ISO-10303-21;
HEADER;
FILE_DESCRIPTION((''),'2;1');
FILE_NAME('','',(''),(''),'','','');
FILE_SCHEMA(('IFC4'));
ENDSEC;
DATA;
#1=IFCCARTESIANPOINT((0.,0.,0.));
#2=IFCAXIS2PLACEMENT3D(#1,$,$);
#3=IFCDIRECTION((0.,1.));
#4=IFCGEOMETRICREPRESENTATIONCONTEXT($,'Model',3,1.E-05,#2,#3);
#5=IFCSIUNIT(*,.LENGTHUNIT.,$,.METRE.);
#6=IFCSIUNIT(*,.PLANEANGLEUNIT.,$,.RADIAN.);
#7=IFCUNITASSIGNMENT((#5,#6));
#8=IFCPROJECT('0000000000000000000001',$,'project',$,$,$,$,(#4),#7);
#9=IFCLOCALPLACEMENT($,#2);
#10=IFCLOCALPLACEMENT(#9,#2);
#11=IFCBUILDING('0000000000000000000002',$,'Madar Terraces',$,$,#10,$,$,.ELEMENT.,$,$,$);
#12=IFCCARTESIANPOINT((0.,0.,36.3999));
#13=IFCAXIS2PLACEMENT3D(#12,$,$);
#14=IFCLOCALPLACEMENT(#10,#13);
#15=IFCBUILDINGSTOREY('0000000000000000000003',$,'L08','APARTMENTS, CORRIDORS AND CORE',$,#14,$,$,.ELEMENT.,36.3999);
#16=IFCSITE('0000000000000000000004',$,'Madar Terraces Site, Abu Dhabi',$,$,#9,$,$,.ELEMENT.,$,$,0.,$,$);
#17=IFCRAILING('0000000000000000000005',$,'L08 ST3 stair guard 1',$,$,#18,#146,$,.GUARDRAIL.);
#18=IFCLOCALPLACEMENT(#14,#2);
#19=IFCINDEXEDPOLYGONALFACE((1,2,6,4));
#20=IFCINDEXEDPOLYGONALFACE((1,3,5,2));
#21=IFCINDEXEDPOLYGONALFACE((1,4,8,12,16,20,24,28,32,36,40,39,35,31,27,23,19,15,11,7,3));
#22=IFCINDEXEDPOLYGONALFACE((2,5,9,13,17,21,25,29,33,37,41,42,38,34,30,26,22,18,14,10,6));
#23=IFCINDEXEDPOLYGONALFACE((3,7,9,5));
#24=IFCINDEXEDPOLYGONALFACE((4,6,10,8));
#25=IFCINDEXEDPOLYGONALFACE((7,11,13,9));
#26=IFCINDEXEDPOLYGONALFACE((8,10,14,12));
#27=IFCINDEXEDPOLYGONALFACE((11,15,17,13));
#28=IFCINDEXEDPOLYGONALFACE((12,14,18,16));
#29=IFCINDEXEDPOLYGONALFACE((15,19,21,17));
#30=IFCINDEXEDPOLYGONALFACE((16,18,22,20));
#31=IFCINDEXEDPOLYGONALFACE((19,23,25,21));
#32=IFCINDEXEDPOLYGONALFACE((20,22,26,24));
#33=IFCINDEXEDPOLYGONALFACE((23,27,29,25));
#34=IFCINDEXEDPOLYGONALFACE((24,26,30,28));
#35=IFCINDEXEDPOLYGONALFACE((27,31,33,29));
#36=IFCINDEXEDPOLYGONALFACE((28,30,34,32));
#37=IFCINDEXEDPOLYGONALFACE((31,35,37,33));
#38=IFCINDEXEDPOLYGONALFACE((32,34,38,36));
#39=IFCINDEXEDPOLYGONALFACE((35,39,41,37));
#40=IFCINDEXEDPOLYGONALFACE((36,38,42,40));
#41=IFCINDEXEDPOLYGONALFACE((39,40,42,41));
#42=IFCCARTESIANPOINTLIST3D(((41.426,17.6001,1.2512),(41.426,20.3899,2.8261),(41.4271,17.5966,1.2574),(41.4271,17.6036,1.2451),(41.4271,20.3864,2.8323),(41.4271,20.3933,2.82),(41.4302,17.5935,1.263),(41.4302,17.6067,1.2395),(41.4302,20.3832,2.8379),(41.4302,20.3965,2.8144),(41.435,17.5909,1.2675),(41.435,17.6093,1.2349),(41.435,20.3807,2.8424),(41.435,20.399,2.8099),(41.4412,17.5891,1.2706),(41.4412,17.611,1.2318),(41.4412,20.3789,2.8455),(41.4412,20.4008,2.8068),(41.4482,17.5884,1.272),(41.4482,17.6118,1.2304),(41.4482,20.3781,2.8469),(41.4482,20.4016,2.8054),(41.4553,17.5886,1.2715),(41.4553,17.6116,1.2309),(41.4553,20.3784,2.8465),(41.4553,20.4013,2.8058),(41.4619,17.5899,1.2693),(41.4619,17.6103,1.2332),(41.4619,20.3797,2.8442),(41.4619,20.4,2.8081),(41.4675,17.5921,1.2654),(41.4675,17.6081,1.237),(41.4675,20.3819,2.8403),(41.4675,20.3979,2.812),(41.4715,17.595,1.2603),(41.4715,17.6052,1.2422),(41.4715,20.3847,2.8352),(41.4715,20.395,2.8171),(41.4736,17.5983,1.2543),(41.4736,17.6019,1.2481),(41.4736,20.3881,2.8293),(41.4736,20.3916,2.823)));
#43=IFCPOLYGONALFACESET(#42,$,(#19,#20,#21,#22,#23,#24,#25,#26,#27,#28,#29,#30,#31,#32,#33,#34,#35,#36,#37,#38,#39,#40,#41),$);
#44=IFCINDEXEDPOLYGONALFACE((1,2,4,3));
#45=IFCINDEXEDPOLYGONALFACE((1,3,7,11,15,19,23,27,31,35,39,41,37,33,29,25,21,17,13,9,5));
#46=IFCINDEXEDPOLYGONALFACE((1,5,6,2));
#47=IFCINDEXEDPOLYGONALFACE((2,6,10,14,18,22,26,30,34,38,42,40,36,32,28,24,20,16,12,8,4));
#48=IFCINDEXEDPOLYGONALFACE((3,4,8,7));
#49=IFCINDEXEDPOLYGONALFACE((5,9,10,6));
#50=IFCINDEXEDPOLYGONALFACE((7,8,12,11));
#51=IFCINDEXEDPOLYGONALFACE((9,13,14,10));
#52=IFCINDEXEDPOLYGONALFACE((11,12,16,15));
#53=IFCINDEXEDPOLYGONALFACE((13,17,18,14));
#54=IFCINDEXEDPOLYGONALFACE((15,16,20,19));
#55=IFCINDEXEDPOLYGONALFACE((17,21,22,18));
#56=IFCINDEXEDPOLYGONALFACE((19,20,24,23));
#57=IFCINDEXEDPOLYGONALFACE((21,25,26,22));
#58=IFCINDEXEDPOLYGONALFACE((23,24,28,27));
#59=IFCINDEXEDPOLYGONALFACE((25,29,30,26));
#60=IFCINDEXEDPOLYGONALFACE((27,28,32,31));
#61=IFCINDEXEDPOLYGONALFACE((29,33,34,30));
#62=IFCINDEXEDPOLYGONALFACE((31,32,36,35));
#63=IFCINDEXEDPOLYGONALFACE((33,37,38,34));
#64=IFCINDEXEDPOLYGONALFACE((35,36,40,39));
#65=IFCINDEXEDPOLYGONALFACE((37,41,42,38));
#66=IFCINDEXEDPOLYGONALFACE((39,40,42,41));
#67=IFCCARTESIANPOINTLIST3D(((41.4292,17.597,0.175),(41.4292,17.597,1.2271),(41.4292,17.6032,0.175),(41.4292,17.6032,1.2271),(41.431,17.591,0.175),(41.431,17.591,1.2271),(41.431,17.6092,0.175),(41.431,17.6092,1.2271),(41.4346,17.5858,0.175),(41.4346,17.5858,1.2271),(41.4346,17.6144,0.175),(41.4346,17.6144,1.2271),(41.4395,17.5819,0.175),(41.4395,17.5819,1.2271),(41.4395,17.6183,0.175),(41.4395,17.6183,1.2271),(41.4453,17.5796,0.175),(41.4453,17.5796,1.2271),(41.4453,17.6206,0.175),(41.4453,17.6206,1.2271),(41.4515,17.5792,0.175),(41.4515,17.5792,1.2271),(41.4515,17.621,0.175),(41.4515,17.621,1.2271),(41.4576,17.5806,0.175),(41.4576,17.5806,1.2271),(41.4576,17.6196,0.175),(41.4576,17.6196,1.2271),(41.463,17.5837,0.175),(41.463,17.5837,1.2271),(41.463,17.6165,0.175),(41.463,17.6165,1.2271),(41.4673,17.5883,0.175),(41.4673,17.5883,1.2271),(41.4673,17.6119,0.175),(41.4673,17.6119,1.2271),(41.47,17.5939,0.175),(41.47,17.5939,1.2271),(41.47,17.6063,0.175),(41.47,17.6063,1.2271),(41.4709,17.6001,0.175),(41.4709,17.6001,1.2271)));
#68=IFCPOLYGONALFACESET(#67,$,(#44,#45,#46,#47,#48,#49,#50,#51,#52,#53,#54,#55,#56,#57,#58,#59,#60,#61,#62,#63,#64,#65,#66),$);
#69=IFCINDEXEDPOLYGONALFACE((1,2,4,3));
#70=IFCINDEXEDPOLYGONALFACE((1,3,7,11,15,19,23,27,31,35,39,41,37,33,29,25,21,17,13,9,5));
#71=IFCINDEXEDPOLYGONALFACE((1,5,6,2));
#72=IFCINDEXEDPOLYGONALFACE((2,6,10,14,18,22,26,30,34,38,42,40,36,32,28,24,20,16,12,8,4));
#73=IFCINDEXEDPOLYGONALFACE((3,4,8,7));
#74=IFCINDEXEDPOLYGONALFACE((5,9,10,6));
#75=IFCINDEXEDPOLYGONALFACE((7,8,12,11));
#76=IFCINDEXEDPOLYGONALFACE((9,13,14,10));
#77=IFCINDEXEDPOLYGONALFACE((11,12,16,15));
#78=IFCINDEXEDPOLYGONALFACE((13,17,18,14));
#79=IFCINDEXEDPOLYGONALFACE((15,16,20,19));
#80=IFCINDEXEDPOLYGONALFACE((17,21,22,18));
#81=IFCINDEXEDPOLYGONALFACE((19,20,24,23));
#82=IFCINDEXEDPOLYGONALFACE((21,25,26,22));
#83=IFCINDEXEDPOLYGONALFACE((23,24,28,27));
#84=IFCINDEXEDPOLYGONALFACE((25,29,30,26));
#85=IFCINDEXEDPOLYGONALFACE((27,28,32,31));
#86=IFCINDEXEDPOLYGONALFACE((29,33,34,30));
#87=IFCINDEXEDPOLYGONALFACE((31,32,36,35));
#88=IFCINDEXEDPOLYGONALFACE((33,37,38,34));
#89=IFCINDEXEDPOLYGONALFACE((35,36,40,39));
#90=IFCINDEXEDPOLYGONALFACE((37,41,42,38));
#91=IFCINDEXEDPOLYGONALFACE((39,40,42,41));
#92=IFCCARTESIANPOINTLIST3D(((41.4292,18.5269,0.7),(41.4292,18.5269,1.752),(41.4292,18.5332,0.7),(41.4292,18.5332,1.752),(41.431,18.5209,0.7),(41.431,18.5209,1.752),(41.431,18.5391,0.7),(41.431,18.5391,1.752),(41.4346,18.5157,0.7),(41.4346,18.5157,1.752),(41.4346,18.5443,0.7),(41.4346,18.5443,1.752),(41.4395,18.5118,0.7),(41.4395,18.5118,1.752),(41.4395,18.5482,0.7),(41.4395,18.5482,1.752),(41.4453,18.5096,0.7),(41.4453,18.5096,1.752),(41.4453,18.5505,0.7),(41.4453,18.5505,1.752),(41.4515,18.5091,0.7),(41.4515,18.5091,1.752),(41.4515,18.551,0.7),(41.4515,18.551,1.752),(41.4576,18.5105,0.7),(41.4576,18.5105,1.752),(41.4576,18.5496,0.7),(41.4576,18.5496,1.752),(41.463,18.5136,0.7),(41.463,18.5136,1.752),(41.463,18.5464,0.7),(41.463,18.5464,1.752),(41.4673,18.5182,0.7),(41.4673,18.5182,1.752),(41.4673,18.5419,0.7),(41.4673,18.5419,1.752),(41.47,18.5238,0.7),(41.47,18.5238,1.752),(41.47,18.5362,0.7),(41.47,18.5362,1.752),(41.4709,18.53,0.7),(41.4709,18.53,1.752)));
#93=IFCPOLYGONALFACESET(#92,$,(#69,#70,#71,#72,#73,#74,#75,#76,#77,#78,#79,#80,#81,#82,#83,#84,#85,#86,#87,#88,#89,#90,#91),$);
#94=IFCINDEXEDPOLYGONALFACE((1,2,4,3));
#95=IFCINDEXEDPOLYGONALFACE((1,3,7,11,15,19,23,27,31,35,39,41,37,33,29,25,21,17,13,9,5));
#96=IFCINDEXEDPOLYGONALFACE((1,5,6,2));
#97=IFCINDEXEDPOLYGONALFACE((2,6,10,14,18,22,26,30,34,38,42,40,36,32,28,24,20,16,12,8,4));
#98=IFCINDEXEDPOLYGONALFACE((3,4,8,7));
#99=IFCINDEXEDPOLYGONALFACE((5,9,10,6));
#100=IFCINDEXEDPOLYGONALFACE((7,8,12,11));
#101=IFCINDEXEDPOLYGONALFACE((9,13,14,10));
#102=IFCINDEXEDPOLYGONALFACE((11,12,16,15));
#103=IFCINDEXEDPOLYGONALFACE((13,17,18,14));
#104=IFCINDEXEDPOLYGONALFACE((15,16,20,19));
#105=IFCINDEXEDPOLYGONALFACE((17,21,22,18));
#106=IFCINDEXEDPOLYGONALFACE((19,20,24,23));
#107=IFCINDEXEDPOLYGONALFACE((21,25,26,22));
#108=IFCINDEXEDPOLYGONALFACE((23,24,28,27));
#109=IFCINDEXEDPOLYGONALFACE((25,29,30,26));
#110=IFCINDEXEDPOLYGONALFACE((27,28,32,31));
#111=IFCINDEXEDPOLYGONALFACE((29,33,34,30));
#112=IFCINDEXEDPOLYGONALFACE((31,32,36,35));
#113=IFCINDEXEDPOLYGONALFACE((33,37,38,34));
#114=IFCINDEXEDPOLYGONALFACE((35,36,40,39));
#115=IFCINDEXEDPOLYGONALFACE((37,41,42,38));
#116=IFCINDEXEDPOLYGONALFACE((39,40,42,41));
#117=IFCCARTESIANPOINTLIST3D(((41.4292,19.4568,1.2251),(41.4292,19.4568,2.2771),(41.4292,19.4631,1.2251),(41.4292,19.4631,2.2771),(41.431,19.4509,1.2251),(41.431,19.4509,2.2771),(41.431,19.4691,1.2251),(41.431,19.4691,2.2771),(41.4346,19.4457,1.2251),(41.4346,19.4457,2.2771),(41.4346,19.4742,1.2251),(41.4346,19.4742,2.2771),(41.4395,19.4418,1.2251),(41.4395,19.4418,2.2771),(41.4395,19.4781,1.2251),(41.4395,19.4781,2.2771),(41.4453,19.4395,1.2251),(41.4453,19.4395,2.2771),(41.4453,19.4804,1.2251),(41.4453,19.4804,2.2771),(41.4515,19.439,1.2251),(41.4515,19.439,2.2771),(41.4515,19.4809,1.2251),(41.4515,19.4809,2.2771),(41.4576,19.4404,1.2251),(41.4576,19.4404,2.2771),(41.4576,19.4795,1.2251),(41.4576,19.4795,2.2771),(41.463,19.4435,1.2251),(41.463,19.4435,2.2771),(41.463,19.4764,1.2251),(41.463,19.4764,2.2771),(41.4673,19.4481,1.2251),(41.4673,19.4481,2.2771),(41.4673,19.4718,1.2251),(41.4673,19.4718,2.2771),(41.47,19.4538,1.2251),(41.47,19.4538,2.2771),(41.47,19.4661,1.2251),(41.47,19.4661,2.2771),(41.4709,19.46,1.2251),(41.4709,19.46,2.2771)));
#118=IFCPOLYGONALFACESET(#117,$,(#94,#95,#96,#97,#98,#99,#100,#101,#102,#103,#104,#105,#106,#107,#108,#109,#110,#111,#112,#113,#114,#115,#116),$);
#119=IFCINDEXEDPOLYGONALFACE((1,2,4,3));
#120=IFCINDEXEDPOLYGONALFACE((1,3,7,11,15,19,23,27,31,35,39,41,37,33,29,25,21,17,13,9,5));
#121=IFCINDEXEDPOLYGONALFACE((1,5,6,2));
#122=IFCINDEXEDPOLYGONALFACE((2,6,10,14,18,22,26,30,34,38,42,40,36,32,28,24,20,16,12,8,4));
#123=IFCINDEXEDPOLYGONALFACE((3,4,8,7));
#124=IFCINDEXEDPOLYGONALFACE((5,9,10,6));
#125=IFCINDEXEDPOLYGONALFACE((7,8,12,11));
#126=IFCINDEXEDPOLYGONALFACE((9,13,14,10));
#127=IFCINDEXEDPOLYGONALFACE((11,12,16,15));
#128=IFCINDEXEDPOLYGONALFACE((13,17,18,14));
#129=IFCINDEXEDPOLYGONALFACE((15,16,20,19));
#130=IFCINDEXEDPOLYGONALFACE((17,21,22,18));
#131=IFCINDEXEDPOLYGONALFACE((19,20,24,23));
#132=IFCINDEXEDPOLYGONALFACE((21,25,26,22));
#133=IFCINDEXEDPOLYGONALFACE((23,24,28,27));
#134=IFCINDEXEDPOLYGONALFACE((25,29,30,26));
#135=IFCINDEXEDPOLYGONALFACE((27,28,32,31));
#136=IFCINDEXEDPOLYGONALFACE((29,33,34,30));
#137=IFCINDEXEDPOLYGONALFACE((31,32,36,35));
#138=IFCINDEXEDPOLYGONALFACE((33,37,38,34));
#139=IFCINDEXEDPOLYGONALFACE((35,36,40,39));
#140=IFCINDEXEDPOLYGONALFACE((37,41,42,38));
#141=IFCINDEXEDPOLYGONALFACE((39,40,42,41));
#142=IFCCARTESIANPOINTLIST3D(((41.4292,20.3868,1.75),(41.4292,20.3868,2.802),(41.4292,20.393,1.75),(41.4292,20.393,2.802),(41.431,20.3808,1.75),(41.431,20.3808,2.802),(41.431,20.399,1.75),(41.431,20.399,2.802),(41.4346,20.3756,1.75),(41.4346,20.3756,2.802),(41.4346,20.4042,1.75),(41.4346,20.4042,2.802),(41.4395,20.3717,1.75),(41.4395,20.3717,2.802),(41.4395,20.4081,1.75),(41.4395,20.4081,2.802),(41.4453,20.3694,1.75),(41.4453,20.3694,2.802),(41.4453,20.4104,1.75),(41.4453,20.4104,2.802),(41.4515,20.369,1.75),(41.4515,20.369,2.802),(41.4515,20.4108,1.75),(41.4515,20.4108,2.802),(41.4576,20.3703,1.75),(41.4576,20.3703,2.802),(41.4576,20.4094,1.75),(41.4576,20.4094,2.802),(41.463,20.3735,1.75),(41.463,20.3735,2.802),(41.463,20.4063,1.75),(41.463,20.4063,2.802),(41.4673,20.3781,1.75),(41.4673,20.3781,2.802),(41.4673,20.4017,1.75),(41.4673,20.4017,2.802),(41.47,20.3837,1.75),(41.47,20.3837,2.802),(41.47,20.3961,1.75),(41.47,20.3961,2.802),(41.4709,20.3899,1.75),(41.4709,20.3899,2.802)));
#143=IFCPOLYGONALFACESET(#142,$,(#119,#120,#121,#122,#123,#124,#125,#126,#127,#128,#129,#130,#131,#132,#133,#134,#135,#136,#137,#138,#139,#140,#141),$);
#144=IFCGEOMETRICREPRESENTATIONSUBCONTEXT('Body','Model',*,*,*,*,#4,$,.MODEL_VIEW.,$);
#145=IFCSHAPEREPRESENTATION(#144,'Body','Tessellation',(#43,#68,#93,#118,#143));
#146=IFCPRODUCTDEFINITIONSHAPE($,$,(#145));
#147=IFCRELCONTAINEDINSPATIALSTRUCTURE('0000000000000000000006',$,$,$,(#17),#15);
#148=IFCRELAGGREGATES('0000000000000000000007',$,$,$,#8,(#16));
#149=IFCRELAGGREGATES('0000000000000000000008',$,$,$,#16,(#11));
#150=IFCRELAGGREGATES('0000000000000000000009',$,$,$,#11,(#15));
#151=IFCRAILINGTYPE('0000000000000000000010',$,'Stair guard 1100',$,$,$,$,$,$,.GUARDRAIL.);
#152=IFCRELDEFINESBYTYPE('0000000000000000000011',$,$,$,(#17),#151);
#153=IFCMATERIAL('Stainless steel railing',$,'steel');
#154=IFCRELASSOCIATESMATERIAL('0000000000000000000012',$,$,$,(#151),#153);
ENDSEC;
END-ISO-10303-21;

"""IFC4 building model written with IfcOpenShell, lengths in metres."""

from ifc_helpers import new_model, si_unit, direction, frame, origin, origin_2d, place, context, subcontext, project, spatial, circle, extrude, material, type_object, element, save


model = new_model("IFC4")

# Units and contexts
model_context = context("Model", 3, precision=1e-05, world=origin(), true_north=direction((0.0, 1.0)))
body_context = subcontext(model_context, "Body", "Model", "MODEL_VIEW")
ifc_project = project(units=[si_unit("LENGTHUNIT", "METRE"), si_unit("PLANEANGLEUNIT", "RADIAN")], contexts=[model_context])

# Site, building, storey
site_placement = place(None, origin())
site = spatial("IfcSite", under=ifc_project, at=site_placement, Name="Madar Terraces Site, Abu Dhabi", CompositionType="ELEMENT", RefElevation=0.0)
building_placement = place(site_placement, origin())
building = spatial("IfcBuilding", under=site, at=building_placement, Name="Madar Terraces", CompositionType="ELEMENT")
storey_placement = place(building_placement, frame((0.0, 0.0, 36.3999)))
storey = spatial("IfcBuildingStorey", under=building, at=storey_placement, Name="L08", Description="APARTMENTS, CORRIDORS AND CORE", CompositionType="ELEMENT", Elevation=36.3999)

# Railing
ifc_material_1 = material(Name="Stainless steel railing", Category="steel")
railing_type_1 = type_object("IfcRailingType", Name="Stair guard 1100", PredefinedType="GUARDRAIL", material=ifc_material_1)
railing_1_placement = place(storey_placement, frame((41.45, 17.6001, 0.175)))
element("IfcRailing", 1, at=railing_1_placement, inside=storey, type_object=railing_type_1, Name="L08 ST3 stair guard 1", PredefinedType="GUARDRAIL", context=body_context, shape_type="SweptSolid", body=[
    extrude(circle(Radius=0.0239, at=origin_2d()), frame((0.0, 0.0, 1.0762), z_axis=(0.0, 0.870815, 0.49161), x_axis=(-1.0, 0.0, 0.0)), (0.0, 0.0, 1.0), 3.2036),
    extrude(circle(Radius=0.021, at=origin_2d()), origin(), (0.0, 0.0, 1.0), 1.052),
    extrude(circle(Radius=0.021, at=origin_2d()), frame((0.0, 0.9299, 0.5249)), (0.0, 0.0, 1.0), 1.052),
    extrude(circle(Radius=0.021, at=origin_2d()), frame((0.0, 1.8599, 1.05)), (0.0, 0.0, 1.0), 1.052),
    extrude(circle(Radius=0.021, at=origin_2d()), frame((0.0, 2.7898, 1.575)), (0.0, 0.0, 1.0), 1.052),
])

save(model, "model.ifc")
